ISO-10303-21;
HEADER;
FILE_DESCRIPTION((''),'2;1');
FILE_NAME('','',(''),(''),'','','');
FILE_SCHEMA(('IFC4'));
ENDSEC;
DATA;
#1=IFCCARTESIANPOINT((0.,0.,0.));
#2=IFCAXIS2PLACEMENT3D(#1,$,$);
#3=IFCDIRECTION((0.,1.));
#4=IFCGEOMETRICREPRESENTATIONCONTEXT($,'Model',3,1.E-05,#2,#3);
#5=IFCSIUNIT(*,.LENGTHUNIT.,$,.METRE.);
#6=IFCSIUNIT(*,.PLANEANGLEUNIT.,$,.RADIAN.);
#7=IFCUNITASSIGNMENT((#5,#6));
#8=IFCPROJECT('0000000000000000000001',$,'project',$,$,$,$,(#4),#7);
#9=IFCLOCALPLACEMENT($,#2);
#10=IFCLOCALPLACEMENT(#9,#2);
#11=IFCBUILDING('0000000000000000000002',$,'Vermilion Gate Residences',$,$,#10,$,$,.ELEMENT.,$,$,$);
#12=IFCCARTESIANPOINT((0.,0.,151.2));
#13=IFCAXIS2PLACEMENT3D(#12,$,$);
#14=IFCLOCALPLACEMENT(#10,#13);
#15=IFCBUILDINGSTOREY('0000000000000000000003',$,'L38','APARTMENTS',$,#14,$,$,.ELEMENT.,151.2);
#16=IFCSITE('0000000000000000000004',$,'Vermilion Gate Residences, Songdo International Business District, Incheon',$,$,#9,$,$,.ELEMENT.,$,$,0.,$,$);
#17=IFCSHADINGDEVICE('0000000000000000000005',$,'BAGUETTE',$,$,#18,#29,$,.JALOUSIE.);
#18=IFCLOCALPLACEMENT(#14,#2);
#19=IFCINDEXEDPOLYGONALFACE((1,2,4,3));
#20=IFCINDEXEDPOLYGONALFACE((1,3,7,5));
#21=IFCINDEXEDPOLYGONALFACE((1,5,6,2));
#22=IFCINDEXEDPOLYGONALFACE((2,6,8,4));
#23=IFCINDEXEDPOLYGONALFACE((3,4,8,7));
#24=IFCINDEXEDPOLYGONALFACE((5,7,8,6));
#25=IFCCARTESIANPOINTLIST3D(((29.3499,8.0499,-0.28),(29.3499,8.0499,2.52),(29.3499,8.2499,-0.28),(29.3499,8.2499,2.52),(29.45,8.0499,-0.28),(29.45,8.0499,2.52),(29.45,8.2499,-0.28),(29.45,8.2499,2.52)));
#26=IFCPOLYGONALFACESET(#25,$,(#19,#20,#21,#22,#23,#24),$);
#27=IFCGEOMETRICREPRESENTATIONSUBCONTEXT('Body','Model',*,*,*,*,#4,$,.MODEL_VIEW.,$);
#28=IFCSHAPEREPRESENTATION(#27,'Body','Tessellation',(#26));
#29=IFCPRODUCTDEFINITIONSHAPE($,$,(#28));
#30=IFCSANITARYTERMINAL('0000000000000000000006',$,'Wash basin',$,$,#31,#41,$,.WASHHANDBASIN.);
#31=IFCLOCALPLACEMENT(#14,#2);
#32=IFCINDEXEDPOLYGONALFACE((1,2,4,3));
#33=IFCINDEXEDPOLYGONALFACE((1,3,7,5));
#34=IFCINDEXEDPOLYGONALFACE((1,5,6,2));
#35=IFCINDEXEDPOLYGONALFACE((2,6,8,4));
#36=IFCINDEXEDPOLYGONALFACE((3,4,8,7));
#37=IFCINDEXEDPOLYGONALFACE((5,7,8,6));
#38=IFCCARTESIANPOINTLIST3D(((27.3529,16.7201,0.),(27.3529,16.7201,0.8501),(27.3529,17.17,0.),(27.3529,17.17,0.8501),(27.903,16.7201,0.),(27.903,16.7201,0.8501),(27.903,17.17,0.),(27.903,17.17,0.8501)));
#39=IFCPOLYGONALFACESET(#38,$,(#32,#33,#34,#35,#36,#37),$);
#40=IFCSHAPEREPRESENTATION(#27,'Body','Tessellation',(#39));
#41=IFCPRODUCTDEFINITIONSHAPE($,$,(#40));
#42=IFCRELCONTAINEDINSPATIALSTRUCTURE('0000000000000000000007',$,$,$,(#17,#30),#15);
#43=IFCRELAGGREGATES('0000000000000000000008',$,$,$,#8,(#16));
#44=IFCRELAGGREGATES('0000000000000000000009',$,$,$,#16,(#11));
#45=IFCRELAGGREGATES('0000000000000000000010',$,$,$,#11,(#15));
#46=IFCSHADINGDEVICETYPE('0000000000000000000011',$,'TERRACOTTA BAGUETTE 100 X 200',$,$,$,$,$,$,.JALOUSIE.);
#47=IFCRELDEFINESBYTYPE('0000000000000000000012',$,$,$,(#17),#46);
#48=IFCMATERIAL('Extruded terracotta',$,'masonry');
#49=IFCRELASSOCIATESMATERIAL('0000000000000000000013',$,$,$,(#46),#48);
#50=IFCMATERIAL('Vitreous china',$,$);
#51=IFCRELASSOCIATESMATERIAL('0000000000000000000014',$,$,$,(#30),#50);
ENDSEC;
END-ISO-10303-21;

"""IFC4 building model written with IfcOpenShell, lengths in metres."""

from ifc_helpers import new_model, si_unit, direction, frame, origin, origin_2d, place, context, subcontext, project, spatial, rectangle, extrude, material, material_profile, profile_set, type_object, element, save


model = new_model("IFC4")

# Units and contexts
model_context = context("Model", 3, precision=1e-05, world=origin(), true_north=direction((0.0, 1.0)))
body_context = subcontext(model_context, "Body", "Model", "MODEL_VIEW")
ifc_project = project(units=[si_unit("LENGTHUNIT", "METRE"), si_unit("PLANEANGLEUNIT", "RADIAN")], contexts=[model_context])

# Site, building, storey
site_placement = place(None, origin())
site = spatial("IfcSite", under=ifc_project, at=site_placement, Name="Vermilion Gate Residences, Songdo International Business District, Incheon", CompositionType="ELEMENT", RefElevation=0.0)
building_placement = place(site_placement, origin())
building = spatial("IfcBuilding", under=site, at=building_placement, Name="Vermilion Gate Residences", CompositionType="ELEMENT")
storey_placement = place(building_placement, frame((0.0, 0.0, 151.2)))
storey = spatial("IfcBuildingStorey", under=building, at=storey_placement, Name="L38", Description="APARTMENTS", CompositionType="ELEMENT", Elevation=151.2)

# Shading device
ifc_material_1 = material(Name="Extruded terracotta", Category="masonry")
ifc_material_profile_1 = material_profile(ifc_material_1, rectangle(XDim=0.2, YDim=0.1001, at=origin_2d()), Name="BAGUETTE 100 X 200")
ifc_profile_set_1 = profile_set([ifc_material_profile_1], Name="Extruded terracotta")
shading_device_type_1 = type_object("IfcShadingDeviceType", Name="TERRACOTTA BAGUETTE 100 X 200", PredefinedType="JALOUSIE", material=ifc_profile_set_1)
shading_device_1_placement = place(storey_placement, frame((29.3999, 8.1499, -0.28), z_axis=(0.0, 0.0, 1.0), x_axis=(0.0, 1.0, 0.0)))
element("IfcShadingDevice", 1, at=shading_device_1_placement, inside=storey, type_object=shading_device_type_1, Name="BAGUETTE", PredefinedType="JALOUSIE", context=body_context, shape_type="SweptSolid", body=[
    extrude(rectangle(XDim=0.2, YDim=0.1001, at=origin_2d()), origin(), (0.0, 0.0, 1.0), 2.8),
])

# Sanitary terminal
ifc_material_2 = material(Name="Vitreous china")
sanitary_terminal_placement = place(storey_placement, frame((27.6279, 16.9451, 0.0), z_axis=(0.0, 0.0, 1.0), x_axis=(1.0, 0.0, 0.0)))
element("IfcSanitaryTerminal", 2, at=sanitary_terminal_placement, inside=storey, material=ifc_material_2, Name="Wash basin", PredefinedType="WASHHANDBASIN", context=body_context, shape_type="SweptSolid", body=[
    extrude(rectangle(XDim=0.55, YDim=0.45, at=origin_2d()), origin(), (0.0, 0.0, 1.0), 0.8501),
])

save(model, "model.ifc")
